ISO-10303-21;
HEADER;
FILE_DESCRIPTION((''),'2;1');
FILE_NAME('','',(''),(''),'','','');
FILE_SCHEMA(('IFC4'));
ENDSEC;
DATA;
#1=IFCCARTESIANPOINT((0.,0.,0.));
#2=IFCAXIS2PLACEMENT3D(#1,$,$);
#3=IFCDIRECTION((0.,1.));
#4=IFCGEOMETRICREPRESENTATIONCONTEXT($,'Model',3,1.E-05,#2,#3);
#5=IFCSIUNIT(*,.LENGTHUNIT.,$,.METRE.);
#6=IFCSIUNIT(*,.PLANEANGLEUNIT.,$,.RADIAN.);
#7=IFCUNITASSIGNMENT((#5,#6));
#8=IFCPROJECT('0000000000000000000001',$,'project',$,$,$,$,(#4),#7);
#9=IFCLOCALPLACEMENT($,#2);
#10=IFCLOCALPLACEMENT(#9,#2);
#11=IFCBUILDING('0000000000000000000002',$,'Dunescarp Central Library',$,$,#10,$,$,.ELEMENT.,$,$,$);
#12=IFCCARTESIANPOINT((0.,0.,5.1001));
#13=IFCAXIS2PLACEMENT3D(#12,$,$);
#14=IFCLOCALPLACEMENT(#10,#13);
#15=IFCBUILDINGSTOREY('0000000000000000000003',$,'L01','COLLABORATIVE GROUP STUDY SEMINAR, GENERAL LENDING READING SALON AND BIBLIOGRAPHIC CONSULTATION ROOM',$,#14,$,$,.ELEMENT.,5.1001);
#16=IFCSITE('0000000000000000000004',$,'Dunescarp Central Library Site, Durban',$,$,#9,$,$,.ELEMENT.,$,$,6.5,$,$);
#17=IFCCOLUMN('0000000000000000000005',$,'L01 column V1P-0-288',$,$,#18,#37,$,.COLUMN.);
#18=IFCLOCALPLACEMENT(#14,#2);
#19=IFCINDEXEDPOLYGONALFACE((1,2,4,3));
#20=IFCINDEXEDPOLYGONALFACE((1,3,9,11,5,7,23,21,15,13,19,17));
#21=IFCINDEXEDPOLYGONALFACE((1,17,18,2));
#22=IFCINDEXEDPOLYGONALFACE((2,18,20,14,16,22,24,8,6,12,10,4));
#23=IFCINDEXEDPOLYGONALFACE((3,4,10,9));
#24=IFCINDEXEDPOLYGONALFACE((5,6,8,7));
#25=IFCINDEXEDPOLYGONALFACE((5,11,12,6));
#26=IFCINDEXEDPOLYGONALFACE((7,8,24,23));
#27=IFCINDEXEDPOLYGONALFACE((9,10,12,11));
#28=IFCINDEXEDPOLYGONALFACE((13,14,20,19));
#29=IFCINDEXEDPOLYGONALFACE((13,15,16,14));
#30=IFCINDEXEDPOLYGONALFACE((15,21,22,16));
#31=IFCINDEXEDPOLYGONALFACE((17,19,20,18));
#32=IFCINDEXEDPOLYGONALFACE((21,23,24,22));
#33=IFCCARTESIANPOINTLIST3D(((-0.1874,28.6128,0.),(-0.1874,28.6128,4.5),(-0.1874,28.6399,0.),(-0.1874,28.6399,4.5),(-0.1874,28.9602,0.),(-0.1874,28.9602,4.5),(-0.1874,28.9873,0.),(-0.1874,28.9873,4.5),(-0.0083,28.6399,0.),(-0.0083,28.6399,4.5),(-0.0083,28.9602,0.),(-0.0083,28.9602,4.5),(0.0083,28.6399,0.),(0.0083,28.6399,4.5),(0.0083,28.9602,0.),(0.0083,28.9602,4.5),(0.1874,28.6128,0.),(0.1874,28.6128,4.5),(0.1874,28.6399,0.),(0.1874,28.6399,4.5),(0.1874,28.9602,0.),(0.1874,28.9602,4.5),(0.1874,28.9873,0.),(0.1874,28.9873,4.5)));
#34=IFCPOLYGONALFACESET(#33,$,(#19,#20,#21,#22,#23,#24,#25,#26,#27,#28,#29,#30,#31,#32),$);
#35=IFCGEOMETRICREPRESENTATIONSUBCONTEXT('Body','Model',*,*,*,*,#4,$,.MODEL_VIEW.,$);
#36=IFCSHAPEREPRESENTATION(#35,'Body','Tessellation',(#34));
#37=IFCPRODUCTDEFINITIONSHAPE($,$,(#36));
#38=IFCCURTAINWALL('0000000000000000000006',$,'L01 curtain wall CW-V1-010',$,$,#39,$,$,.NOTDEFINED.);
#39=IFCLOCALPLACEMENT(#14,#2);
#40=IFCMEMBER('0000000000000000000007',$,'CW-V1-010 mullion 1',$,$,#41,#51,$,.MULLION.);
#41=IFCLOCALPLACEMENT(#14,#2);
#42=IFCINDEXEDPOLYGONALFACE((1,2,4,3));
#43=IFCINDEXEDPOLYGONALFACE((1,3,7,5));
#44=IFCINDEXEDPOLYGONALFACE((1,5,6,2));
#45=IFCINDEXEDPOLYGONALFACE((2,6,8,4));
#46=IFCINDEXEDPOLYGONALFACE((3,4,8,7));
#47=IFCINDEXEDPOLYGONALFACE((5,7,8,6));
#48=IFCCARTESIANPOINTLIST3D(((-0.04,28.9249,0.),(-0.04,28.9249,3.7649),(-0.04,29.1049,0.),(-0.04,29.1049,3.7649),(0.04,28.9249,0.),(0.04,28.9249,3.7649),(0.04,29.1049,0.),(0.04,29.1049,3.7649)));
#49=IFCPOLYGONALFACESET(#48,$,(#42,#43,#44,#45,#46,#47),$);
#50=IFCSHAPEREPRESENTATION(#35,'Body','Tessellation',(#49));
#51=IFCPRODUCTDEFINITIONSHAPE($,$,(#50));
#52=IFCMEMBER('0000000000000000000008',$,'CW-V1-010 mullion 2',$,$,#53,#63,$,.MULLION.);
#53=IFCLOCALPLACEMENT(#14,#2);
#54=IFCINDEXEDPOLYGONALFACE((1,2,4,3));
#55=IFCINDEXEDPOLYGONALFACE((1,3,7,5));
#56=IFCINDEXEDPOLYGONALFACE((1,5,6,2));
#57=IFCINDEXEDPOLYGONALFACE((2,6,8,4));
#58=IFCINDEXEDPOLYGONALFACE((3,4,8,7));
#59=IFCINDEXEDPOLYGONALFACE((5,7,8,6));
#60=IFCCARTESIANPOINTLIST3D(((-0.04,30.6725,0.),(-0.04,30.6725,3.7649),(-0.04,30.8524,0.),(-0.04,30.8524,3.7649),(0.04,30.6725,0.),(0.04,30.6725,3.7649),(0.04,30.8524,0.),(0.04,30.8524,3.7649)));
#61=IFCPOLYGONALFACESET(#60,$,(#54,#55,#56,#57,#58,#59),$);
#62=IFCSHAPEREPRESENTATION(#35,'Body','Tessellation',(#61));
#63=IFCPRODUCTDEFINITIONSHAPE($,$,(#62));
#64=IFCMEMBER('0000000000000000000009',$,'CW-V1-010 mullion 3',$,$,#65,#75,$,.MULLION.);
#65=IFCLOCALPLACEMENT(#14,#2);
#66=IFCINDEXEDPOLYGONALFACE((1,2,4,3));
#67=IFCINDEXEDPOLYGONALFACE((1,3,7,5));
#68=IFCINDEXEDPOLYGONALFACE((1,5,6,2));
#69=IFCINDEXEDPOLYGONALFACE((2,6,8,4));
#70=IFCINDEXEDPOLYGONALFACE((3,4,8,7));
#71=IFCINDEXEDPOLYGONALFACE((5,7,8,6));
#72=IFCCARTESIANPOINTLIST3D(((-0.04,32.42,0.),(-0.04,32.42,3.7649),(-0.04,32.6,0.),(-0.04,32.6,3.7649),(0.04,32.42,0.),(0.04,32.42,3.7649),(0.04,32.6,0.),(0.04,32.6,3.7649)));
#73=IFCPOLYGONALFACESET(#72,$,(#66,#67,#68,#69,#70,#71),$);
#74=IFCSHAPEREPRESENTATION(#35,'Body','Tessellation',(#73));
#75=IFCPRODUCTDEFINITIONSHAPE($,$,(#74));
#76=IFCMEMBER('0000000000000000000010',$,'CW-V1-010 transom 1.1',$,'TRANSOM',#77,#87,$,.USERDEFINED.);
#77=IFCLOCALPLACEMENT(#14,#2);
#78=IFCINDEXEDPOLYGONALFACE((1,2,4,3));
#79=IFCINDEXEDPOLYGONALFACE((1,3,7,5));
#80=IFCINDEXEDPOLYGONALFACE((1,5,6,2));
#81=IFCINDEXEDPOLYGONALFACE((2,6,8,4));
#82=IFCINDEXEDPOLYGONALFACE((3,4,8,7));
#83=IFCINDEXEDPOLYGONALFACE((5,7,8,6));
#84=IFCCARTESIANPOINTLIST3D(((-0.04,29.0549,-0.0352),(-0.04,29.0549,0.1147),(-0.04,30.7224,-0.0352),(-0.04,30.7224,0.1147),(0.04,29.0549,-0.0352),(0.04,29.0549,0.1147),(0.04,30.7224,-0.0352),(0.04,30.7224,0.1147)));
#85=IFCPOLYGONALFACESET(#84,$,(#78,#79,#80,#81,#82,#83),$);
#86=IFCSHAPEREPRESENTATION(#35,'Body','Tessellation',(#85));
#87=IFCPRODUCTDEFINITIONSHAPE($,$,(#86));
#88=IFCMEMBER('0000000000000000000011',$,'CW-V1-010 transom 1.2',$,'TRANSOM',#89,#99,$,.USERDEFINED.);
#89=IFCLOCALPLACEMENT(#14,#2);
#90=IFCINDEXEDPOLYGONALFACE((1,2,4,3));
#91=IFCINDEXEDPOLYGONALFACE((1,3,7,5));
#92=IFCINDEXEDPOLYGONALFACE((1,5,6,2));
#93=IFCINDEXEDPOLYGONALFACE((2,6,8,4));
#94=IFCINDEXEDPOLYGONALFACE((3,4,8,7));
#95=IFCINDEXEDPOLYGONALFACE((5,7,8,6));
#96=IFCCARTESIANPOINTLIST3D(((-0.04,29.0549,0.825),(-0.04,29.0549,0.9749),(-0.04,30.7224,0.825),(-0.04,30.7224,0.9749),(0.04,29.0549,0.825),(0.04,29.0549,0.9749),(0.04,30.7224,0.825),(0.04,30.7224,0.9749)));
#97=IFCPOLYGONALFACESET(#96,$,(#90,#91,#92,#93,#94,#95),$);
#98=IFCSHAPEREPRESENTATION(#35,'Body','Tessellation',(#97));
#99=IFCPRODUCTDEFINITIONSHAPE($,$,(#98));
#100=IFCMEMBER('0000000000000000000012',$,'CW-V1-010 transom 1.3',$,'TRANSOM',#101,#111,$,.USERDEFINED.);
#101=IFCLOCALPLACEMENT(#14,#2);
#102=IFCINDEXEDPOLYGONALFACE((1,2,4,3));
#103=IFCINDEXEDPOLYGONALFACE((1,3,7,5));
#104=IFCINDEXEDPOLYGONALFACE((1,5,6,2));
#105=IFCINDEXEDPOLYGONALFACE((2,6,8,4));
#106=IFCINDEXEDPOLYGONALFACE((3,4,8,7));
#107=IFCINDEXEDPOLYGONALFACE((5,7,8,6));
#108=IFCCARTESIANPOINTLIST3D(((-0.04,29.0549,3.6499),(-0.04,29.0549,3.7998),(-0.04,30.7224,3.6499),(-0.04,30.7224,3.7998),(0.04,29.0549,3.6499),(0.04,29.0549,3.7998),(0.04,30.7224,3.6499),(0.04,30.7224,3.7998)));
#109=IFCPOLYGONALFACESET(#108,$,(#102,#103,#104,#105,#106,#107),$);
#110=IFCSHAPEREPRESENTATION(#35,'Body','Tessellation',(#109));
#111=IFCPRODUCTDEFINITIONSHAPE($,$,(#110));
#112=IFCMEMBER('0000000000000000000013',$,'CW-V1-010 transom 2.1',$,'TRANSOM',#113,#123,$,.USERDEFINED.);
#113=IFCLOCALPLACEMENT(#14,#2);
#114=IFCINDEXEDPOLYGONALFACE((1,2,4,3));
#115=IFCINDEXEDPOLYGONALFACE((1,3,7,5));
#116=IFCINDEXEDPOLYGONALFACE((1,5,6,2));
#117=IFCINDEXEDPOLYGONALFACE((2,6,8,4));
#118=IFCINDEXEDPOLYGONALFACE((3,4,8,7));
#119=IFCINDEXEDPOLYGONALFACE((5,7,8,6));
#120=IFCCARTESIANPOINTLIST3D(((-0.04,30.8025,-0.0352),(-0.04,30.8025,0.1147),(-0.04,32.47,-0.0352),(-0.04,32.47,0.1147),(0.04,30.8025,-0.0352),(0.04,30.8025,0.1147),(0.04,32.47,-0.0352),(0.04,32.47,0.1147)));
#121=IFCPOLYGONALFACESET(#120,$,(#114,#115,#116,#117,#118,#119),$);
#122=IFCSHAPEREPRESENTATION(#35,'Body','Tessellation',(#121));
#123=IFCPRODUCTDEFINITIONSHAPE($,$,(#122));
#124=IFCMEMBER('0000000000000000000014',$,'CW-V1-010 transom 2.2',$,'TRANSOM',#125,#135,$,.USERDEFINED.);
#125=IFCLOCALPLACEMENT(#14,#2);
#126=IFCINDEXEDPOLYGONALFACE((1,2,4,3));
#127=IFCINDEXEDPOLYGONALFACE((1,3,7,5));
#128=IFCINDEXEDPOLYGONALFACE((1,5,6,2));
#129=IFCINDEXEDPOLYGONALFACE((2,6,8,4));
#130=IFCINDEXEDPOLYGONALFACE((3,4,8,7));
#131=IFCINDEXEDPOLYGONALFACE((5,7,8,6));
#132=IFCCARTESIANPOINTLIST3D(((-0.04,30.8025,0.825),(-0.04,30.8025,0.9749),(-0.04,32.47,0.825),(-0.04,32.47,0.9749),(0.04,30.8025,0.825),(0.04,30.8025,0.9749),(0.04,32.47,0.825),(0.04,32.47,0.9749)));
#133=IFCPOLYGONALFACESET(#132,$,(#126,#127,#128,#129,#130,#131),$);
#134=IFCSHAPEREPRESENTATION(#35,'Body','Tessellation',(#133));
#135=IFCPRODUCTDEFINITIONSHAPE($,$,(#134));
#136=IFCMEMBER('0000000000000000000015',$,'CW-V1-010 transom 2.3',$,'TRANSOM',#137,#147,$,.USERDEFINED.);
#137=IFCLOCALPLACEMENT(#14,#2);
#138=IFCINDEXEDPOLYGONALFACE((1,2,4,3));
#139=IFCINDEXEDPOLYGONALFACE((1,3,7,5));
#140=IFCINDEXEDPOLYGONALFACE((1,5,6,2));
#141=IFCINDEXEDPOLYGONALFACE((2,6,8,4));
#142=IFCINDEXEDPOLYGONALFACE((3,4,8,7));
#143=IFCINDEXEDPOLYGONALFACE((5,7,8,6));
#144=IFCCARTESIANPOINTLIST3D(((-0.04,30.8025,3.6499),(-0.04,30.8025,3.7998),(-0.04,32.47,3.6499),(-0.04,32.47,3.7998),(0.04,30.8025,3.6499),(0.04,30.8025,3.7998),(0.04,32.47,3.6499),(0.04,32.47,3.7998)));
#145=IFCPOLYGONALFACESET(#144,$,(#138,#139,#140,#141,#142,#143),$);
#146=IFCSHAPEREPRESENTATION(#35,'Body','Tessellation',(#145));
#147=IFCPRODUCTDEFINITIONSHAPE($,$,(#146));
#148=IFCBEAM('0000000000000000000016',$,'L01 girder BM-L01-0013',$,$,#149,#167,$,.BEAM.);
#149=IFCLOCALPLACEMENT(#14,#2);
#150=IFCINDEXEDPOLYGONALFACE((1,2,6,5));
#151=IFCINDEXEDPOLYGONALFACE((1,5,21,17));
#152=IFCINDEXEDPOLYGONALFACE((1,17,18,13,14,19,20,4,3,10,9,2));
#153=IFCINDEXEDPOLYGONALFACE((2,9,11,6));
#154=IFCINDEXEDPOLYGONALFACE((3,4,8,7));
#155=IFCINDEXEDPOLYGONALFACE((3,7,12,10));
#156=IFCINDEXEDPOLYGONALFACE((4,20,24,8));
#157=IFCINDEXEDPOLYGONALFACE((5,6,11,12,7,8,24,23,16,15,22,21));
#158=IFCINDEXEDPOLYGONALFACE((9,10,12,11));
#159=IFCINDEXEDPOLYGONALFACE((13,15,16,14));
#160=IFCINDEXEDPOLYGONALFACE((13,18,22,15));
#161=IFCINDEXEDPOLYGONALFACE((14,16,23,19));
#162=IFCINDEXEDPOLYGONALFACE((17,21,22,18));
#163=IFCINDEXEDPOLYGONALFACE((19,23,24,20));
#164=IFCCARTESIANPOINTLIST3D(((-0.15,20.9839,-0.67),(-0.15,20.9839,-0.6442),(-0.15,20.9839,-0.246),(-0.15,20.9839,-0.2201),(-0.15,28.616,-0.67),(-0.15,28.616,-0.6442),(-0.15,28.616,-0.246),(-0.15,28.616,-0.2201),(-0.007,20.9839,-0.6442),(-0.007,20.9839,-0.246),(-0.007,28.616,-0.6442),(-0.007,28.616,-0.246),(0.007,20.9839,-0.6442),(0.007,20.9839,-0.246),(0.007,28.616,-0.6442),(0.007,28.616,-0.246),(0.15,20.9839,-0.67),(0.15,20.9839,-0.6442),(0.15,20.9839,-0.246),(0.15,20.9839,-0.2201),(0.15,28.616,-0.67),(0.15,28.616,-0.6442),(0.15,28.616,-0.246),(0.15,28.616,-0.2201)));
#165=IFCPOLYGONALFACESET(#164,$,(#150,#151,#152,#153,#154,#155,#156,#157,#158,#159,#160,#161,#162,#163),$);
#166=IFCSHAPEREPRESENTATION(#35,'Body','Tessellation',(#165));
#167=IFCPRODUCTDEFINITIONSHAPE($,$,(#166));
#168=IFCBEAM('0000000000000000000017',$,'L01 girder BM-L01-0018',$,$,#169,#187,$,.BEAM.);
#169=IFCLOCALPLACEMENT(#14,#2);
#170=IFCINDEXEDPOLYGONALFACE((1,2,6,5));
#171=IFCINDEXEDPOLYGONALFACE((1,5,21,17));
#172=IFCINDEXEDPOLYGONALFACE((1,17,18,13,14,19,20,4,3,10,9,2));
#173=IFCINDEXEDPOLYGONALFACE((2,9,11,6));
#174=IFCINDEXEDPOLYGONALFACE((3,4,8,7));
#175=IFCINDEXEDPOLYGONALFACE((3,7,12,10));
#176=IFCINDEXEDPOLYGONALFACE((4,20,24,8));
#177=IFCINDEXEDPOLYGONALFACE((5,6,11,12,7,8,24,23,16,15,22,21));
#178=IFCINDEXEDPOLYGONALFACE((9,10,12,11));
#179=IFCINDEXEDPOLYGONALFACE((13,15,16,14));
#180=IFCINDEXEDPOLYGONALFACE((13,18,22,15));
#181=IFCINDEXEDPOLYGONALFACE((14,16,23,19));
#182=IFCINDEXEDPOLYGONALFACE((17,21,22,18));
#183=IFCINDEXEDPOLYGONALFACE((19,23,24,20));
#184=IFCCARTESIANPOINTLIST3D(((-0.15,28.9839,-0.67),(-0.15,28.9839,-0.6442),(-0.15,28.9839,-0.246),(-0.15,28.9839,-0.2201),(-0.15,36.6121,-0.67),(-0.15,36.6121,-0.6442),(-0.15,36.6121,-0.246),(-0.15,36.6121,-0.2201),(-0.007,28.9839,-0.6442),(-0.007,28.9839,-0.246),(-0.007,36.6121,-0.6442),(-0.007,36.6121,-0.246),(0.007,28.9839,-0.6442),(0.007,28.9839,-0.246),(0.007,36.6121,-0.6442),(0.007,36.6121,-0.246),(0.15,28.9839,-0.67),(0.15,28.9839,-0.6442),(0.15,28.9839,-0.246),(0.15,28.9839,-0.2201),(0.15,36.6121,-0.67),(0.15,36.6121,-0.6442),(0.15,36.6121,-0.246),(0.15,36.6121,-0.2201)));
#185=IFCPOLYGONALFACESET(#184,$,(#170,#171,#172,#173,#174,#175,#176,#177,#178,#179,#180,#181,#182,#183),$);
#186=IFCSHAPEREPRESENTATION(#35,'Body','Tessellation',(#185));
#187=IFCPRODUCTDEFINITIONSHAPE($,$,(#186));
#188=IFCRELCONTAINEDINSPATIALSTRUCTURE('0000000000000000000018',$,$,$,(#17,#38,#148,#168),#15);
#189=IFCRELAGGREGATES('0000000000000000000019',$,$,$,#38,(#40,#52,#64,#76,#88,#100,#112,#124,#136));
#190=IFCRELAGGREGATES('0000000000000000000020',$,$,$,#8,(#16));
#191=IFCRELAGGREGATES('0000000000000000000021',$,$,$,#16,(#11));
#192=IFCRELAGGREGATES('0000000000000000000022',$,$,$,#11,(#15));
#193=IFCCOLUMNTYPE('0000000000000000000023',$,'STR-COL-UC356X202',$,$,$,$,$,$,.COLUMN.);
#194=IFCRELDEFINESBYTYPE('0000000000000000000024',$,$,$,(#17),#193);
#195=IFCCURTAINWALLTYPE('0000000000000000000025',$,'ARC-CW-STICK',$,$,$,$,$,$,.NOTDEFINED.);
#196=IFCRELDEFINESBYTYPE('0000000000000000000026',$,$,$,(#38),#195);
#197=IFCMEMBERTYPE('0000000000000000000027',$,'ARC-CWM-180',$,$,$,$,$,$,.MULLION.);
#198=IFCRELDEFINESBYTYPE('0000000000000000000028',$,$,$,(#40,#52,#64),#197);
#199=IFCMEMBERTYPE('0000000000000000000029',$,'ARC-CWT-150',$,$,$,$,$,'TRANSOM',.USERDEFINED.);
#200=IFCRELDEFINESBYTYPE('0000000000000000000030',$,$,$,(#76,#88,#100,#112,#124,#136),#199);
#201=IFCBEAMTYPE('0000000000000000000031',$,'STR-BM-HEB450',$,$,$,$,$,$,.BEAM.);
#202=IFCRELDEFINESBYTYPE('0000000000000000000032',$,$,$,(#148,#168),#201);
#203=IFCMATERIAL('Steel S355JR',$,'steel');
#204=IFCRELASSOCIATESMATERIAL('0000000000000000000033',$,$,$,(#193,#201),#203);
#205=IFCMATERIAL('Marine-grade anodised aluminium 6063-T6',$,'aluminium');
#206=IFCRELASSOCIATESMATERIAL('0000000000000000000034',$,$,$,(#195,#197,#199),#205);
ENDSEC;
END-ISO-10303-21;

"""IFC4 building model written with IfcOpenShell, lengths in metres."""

from ifc_helpers import new_model, si_unit, direction, frame, origin, origin_2d, place, context, subcontext, project, spatial, rectangle, i_section, extrude, material, material_profile, profile_set, type_object, element, aggregate, save


model = new_model("IFC4")

# Units and contexts
model_context = context("Model", 3, precision=1e-05, world=origin(), true_north=direction((0.0, 1.0)))
body_context = subcontext(model_context, "Body", "Model", "MODEL_VIEW")
ifc_project = project(units=[si_unit("LENGTHUNIT", "METRE"), si_unit("PLANEANGLEUNIT", "RADIAN")], contexts=[model_context])

# Site, building, storey
site_placement = place(None, origin())
site = spatial("IfcSite", under=ifc_project, at=site_placement, Name="Dunescarp Central Library Site, Durban", CompositionType="ELEMENT", RefElevation=6.5)
building_placement = place(site_placement, origin())
building = spatial("IfcBuilding", under=site, at=building_placement, Name="Dunescarp Central Library", CompositionType="ELEMENT")
storey_placement = place(building_placement, frame((0.0, 0.0, 5.1001)))
storey = spatial("IfcBuildingStorey", under=building, at=storey_placement, Name="L01", Description="COLLABORATIVE GROUP STUDY SEMINAR, GENERAL LENDING READING SALON AND BIBLIOGRAPHIC CONSULTATION ROOM", CompositionType="ELEMENT", Elevation=5.1001)

# Column
ifc_material_1 = material(Name="Steel S355JR", Category="steel")
ifc_material_profile_1 = material_profile(ifc_material_1, i_section(OverallWidth=0.3748, OverallDepth=0.3745, WebThickness=0.0166, FlangeThickness=0.0271, at=origin_2d()), Name="UC 356x368x202")
ifc_profile_set_1 = profile_set([ifc_material_profile_1], Name="Steel S355JR")
column_type = type_object("IfcColumnType", Name="STR-COL-UC356X202", PredefinedType="COLUMN", material=ifc_profile_set_1)
column_placement = place(storey_placement, frame((0.0, 28.8, 0.0), z_axis=(0.0, 0.0, 1.0), x_axis=(1.0, 0.0, 0.0)))
element("IfcColumn", 1, at=column_placement, inside=storey, type_object=column_type, Name="L01 column V1P-0-288", PredefinedType="COLUMN", context=body_context, shape_type="SweptSolid", body=[
    extrude(i_section(OverallWidth=0.3748, OverallDepth=0.3745, WebThickness=0.0166, FlangeThickness=0.0271, at=origin_2d()), origin(), (0.0, 0.0, 1.0), 4.5),
])

# Curtain wall, members
ifc_material_2 = material(Name="Marine-grade anodised aluminium 6063-T6", Category="aluminium")
curtain_wall_type = type_object("IfcCurtainWallType", Name="ARC-CW-STICK", PredefinedType="NOTDEFINED", material=ifc_material_2)
curtain_wall_placement = place(storey_placement, origin())
curtain_wall = element("IfcCurtainWall", 2, at=curtain_wall_placement, inside=storey, type_object=curtain_wall_type, Name="L01 curtain wall CW-V1-010", PredefinedType="NOTDEFINED")
ifc_material_profile_2 = material_profile(ifc_material_2, rectangle(XDim=0.0801, YDim=0.1799, at=origin_2d()), Name="AL 80x180")
ifc_profile_set_2 = profile_set([ifc_material_profile_2], Name="Marine-grade anodised aluminium 6063-T6")
member_type_1 = type_object("IfcMemberType", Name="ARC-CWM-180", PredefinedType="MULLION", material=ifc_profile_set_2)
member_1_placement = place(storey_placement, frame((0.0, 29.0149, 0.0), z_axis=(0.0, 0.0, 1.0), x_axis=(-1.0, 0.0, 0.0)))
member_1 = element("IfcMember", 3, at=member_1_placement, type_object=member_type_1, Name="CW-V1-010 mullion 1", PredefinedType="MULLION", context=body_context, shape_type="SweptSolid", body=[
    extrude(rectangle(XDim=0.0801, YDim=0.1799, at=origin_2d()), origin(), (0.0, 0.0, 1.0), 3.7649),
])
member_2_placement = place(storey_placement, frame((0.0, 30.7625, 0.0), z_axis=(0.0, 0.0, 1.0), x_axis=(-1.0, 0.0, 0.0)))
member_2 = element("IfcMember", 4, at=member_2_placement, type_object=member_type_1, Name="CW-V1-010 mullion 2", PredefinedType="MULLION", context=body_context, shape_type="SweptSolid", body=[
    extrude(rectangle(XDim=0.0801, YDim=0.1799, at=origin_2d()), origin(), (0.0, 0.0, 1.0), 3.7649),
])
member_3_placement = place(storey_placement, frame((0.0, 32.51, 0.0), z_axis=(0.0, 0.0, 1.0), x_axis=(-1.0, 0.0, 0.0)))
member_3 = element("IfcMember", 5, at=member_3_placement, type_object=member_type_1, Name="CW-V1-010 mullion 3", PredefinedType="MULLION", context=body_context, shape_type="SweptSolid", body=[
    extrude(rectangle(XDim=0.0801, YDim=0.1799, at=origin_2d()), origin(), (0.0, 0.0, 1.0), 3.7649),
])
ifc_material_profile_3 = material_profile(ifc_material_2, rectangle(XDim=0.0801, YDim=0.1499, at=origin_2d()), Name="AL 80x150")
ifc_profile_set_3 = profile_set([ifc_material_profile_3], Name="Marine-grade anodised aluminium 6063-T6")
member_type_2 = type_object("IfcMemberType", Name="ARC-CWT-150", ElementType="TRANSOM", PredefinedType="USERDEFINED", material=ifc_profile_set_3)
member_4_placement = place(storey_placement, frame((0.0, 29.0549, 0.0398), z_axis=(0.0, 1.0, 0.0), x_axis=(-1.0, 0.0, 0.0)))
member_4 = element("IfcMember", 6, at=member_4_placement, type_object=member_type_2, Name="CW-V1-010 transom 1.1", ObjectType="TRANSOM", PredefinedType="USERDEFINED", context=body_context, shape_type="SweptSolid", body=[
    extrude(rectangle(XDim=0.0801, YDim=0.1499, at=origin_2d()), origin(), (0.0, 0.0, 1.0), 1.6675),
])
member_5_placement = place(storey_placement, frame((0.0, 29.0549, 0.8999), z_axis=(0.0, 1.0, 0.0), x_axis=(-1.0, 0.0, 0.0)))
member_5 = element("IfcMember", 7, at=member_5_placement, type_object=member_type_2, Name="CW-V1-010 transom 1.2", ObjectType="TRANSOM", PredefinedType="USERDEFINED", context=body_context, shape_type="SweptSolid", body=[
    extrude(rectangle(XDim=0.0801, YDim=0.1499, at=origin_2d()), origin(), (0.0, 0.0, 1.0), 1.6675),
])
member_6_placement = place(storey_placement, frame((0.0, 29.0549, 3.7249), z_axis=(0.0, 1.0, 0.0), x_axis=(-1.0, 0.0, 0.0)))
member_6 = element("IfcMember", 8, at=member_6_placement, type_object=member_type_2, Name="CW-V1-010 transom 1.3", ObjectType="TRANSOM", PredefinedType="USERDEFINED", context=body_context, shape_type="SweptSolid", body=[
    extrude(rectangle(XDim=0.0801, YDim=0.1499, at=origin_2d()), origin(), (0.0, 0.0, 1.0), 1.6675),
])
member_7_placement = place(storey_placement, frame((0.0, 30.8025, 0.0398), z_axis=(0.0, 1.0, 0.0), x_axis=(-1.0, 0.0, 0.0)))
member_7 = element("IfcMember", 9, at=member_7_placement, type_object=member_type_2, Name="CW-V1-010 transom 2.1", ObjectType="TRANSOM", PredefinedType="USERDEFINED", context=body_context, shape_type="SweptSolid", body=[
    extrude(rectangle(XDim=0.0801, YDim=0.1499, at=origin_2d()), origin(), (0.0, 0.0, 1.0), 1.6675),
])
member_8_placement = place(storey_placement, frame((0.0, 30.8025, 0.8999), z_axis=(0.0, 1.0, 0.0), x_axis=(-1.0, 0.0, 0.0)))
member_8 = element("IfcMember", 10, at=member_8_placement, type_object=member_type_2, Name="CW-V1-010 transom 2.2", ObjectType="TRANSOM", PredefinedType="USERDEFINED", context=body_context, shape_type="SweptSolid", body=[
    extrude(rectangle(XDim=0.0801, YDim=0.1499, at=origin_2d()), origin(), (0.0, 0.0, 1.0), 1.6675),
])
member_9_placement = place(storey_placement, frame((0.0, 30.8025, 3.7249), z_axis=(0.0, 1.0, 0.0), x_axis=(-1.0, 0.0, 0.0)))
member_9 = element("IfcMember", 11, at=member_9_placement, type_object=member_type_2, Name="CW-V1-010 transom 2.3", ObjectType="TRANSOM", PredefinedType="USERDEFINED", context=body_context, shape_type="SweptSolid", body=[
    extrude(rectangle(XDim=0.0801, YDim=0.1499, at=origin_2d()), origin(), (0.0, 0.0, 1.0), 1.6675),
])

# Beams
ifc_material_profile_4 = material_profile(ifc_material_1, i_section(OverallWidth=0.3, OverallDepth=0.45, WebThickness=0.0139, FlangeThickness=0.0259, at=origin_2d()), Name="HEB 450")
ifc_profile_set_4 = profile_set([ifc_material_profile_4], Name="Steel S355JR")
beam_type = type_object("IfcBeamType", Name="STR-BM-HEB450", PredefinedType="BEAM", material=ifc_profile_set_4)
beam_1_placement = place(storey_placement, frame((0.0, 20.9839, -0.4451), z_axis=(0.0, 1.0, 0.0), x_axis=(-1.0, 0.0, 0.0)))
element("IfcBeam", 12, at=beam_1_placement, inside=storey, type_object=beam_type, Name="L01 girder BM-L01-0013", PredefinedType="BEAM", context=body_context, shape_type="SweptSolid", body=[
    extrude(i_section(OverallWidth=0.3, OverallDepth=0.45, WebThickness=0.0139, FlangeThickness=0.0259, at=origin_2d()), origin(), (0.0, 0.0, 1.0), 7.6321),
])
beam_2_placement = place(storey_placement, frame((0.0, 28.9839, -0.4451), z_axis=(0.0, 1.0, 0.0), x_axis=(-1.0, 0.0, 0.0)))
element("IfcBeam", 13, at=beam_2_placement, inside=storey, type_object=beam_type, Name="L01 girder BM-L01-0018", PredefinedType="BEAM", context=body_context, shape_type="SweptSolid", body=[
    extrude(i_section(OverallWidth=0.3, OverallDepth=0.45, WebThickness=0.0139, FlangeThickness=0.0259, at=origin_2d()), origin(), (0.0, 0.0, 1.0), 7.6282),
])

aggregate(curtain_wall, [member_1, member_2, member_3, member_4, member_5, member_6, member_7, member_8, member_9])

save(model, "model.ifc")
